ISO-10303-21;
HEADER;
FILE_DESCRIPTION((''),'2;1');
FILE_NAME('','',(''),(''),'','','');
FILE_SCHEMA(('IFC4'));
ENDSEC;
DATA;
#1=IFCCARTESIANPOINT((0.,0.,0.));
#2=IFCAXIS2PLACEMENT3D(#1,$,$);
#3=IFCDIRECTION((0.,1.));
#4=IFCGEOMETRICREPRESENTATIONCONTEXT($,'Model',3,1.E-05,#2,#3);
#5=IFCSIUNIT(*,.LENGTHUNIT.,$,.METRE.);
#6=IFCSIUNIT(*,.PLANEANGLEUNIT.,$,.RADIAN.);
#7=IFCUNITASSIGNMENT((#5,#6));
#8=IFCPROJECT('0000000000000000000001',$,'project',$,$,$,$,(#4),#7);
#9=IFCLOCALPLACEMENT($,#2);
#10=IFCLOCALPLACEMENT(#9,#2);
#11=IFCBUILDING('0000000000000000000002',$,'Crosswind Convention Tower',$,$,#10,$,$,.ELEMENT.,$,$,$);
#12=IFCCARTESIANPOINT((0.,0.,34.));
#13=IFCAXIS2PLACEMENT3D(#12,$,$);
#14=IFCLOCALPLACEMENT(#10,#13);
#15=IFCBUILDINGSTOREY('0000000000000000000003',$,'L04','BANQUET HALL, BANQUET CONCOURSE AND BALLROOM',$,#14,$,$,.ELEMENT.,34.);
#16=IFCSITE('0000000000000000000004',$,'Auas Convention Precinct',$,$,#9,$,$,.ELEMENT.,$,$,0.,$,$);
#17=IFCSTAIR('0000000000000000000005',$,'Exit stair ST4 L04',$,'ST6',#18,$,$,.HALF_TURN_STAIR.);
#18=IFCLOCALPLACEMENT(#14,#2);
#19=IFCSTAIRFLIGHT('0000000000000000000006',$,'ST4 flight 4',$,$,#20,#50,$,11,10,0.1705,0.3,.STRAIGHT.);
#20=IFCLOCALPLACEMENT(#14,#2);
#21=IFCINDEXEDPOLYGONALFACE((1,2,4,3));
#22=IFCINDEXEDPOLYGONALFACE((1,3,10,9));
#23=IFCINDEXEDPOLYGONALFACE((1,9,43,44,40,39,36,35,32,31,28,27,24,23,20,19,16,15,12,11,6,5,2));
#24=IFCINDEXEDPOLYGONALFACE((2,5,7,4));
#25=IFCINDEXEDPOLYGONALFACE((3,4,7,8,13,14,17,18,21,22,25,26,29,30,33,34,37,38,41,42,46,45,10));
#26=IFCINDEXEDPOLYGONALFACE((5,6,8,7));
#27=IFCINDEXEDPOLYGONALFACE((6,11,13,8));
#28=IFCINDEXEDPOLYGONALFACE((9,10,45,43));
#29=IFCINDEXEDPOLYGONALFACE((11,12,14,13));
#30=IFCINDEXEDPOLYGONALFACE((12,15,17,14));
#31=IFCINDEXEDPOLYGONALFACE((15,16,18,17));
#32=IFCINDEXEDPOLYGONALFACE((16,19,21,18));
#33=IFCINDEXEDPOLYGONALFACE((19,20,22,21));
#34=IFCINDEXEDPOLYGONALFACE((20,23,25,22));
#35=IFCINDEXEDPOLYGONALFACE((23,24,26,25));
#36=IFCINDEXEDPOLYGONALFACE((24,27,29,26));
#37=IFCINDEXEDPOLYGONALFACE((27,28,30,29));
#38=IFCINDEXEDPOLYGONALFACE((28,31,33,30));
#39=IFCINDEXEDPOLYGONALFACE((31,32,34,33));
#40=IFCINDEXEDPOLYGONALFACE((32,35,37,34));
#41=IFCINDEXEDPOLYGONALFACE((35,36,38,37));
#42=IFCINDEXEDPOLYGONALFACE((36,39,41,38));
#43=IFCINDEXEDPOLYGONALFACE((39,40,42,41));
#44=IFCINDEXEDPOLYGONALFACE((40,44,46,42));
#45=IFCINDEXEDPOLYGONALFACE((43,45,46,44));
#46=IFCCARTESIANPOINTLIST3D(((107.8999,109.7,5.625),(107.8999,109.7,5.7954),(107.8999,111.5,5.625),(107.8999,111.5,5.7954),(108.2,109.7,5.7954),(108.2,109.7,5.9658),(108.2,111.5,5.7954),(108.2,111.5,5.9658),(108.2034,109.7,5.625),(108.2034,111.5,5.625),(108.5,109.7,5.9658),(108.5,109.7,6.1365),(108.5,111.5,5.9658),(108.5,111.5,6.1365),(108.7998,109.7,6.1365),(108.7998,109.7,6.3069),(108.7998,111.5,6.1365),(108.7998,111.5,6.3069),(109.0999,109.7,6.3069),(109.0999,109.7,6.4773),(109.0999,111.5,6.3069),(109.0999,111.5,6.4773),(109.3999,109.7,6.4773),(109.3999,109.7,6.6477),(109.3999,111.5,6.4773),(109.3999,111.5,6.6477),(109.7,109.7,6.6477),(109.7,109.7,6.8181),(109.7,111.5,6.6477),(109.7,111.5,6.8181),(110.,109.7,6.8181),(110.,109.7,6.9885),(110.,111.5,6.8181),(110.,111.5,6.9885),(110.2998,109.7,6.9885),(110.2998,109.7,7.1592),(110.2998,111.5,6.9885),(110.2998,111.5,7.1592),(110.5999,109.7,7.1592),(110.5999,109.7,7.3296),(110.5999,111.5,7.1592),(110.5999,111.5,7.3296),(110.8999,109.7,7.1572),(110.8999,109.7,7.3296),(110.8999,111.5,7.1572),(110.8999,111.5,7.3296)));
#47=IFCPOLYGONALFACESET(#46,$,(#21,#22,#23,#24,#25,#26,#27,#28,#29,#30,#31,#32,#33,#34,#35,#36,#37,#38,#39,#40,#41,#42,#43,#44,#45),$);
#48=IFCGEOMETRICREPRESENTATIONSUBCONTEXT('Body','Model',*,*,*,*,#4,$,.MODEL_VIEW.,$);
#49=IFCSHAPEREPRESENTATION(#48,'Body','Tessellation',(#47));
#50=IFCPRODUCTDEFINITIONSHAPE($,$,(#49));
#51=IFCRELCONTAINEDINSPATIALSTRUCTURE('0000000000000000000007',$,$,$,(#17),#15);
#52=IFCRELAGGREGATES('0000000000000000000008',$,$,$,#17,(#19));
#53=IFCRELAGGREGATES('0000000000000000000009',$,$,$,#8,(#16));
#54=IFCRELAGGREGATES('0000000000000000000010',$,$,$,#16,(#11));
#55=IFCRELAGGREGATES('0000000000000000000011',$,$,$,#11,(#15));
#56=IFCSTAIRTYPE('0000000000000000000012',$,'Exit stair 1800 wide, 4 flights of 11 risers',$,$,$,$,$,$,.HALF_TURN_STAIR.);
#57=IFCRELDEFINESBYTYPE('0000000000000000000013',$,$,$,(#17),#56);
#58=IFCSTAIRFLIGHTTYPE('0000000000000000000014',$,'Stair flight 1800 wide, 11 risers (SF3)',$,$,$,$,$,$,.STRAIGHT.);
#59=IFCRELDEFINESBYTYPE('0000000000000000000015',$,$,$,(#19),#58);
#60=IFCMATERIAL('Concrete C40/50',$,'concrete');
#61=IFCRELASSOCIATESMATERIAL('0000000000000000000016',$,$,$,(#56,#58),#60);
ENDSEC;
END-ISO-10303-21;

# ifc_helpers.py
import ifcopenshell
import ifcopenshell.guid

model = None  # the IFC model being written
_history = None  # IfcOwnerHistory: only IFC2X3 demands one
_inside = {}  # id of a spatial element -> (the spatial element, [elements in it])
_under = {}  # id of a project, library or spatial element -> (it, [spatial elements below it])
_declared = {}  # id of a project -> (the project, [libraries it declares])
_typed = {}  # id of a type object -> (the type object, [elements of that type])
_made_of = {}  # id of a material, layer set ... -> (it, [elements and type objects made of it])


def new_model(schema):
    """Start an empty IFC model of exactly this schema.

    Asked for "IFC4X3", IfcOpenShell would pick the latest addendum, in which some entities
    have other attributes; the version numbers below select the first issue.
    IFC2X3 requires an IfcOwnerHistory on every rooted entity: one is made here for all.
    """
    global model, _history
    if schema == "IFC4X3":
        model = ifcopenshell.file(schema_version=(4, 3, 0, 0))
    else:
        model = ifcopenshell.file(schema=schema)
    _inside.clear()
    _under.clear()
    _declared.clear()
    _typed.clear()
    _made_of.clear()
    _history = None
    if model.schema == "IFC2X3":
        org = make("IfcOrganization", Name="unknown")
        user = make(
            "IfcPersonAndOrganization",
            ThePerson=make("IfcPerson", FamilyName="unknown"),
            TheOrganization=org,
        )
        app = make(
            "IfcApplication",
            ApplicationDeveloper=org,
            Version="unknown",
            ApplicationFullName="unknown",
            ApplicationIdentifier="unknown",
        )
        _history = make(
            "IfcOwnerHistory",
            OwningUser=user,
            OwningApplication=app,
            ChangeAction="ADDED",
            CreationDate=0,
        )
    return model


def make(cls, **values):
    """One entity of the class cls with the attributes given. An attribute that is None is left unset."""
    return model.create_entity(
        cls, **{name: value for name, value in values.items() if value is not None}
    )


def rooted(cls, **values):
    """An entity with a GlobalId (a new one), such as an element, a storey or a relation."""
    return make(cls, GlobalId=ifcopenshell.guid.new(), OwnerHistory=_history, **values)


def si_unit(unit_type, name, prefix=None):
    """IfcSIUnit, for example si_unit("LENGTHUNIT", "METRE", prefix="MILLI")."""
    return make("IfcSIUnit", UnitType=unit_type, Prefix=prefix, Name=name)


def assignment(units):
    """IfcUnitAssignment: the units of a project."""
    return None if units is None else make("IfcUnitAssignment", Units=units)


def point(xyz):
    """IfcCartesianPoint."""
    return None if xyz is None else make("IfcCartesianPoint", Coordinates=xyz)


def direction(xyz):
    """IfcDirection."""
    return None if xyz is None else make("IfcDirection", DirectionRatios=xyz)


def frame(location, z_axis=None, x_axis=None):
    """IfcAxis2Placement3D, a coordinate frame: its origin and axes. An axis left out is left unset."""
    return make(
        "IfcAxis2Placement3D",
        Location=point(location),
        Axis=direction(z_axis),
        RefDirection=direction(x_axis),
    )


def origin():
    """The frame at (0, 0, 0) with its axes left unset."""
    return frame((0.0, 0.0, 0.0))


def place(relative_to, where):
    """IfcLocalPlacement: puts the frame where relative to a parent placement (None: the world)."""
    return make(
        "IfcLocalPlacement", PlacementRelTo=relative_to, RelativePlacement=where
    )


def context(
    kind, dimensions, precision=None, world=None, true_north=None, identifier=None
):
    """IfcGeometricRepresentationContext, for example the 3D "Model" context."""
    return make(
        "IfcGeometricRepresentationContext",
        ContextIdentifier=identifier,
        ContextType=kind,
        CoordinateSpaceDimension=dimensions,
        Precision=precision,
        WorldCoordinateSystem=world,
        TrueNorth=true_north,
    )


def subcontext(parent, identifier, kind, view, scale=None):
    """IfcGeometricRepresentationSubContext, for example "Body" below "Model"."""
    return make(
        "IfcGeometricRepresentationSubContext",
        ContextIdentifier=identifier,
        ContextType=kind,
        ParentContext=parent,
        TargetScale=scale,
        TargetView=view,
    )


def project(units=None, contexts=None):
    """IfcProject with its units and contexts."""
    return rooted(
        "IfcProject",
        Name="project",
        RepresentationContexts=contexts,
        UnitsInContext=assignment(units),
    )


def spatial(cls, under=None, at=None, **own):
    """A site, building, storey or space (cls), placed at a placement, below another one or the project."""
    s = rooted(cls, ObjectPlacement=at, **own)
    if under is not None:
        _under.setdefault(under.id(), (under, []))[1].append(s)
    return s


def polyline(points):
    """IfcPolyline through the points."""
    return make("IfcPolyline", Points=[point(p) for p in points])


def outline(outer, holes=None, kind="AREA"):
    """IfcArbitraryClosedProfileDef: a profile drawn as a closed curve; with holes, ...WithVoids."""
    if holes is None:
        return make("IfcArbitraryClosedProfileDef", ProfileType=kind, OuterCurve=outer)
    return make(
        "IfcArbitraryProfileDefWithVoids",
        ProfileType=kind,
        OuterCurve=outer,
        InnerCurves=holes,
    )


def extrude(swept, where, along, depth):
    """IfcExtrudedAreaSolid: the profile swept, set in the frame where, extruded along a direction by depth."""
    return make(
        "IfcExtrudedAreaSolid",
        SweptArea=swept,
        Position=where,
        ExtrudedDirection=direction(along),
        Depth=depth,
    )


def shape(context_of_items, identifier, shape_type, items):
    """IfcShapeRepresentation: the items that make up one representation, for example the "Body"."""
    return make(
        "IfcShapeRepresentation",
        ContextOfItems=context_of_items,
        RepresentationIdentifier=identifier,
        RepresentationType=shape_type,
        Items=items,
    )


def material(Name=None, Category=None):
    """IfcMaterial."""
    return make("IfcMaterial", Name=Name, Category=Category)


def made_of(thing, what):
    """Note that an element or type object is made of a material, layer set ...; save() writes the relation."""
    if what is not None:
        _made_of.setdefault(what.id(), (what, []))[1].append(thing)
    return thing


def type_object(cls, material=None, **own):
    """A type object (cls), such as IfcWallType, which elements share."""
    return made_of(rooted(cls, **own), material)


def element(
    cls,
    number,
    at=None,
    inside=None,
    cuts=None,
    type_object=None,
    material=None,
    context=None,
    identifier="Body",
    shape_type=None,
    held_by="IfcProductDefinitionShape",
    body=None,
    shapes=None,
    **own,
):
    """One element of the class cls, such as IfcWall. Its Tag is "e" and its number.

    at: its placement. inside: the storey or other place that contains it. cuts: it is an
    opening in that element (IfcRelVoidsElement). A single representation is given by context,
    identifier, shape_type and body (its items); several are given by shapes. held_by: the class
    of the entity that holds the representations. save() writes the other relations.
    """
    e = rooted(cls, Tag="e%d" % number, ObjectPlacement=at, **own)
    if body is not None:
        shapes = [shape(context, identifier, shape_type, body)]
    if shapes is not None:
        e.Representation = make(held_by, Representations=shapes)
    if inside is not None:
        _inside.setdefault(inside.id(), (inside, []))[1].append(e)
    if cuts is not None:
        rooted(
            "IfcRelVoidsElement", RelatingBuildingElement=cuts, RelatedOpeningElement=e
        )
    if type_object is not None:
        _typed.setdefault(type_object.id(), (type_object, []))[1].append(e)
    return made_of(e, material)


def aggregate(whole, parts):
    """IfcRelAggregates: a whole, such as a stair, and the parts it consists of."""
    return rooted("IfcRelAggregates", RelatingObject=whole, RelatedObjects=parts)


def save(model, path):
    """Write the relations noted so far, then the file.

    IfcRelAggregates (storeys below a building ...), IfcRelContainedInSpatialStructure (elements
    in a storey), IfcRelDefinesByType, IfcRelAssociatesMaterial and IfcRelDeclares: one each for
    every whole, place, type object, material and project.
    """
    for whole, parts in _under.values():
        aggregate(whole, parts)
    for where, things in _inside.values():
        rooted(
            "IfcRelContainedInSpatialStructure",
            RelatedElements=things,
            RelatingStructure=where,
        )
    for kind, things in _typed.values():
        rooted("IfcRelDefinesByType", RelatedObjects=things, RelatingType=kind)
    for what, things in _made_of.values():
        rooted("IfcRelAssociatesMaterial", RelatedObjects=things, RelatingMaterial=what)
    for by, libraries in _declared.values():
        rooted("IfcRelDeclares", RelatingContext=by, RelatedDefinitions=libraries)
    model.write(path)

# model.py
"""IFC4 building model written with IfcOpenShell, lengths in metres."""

from ifc_helpers import new_model, si_unit, direction, frame, origin, place, context, subcontext, project, spatial, polyline, outline, extrude, material, type_object, element, aggregate, save


model = new_model("IFC4")

# Units and contexts
model_context = context("Model", 3, precision=1e-05, world=origin(), true_north=direction((0.0, 1.0)))
body_context = subcontext(model_context, "Body", "Model", "MODEL_VIEW")
ifc_project = project(units=[si_unit("LENGTHUNIT", "METRE"), si_unit("PLANEANGLEUNIT", "RADIAN")], contexts=[model_context])

# Site, building, storey
site_placement = place(None, origin())
site = spatial("IfcSite", under=ifc_project, at=site_placement, Name="Auas Convention Precinct", CompositionType="ELEMENT", RefElevation=0.0)
building_placement = place(site_placement, origin())
building = spatial("IfcBuilding", under=site, at=building_placement, Name="Crosswind Convention Tower", CompositionType="ELEMENT")
storey_placement = place(building_placement, frame((0.0, 0.0, 34.0)))
storey = spatial("IfcBuildingStorey", under=building, at=storey_placement, Name="L04", Description="BANQUET HALL, BANQUET CONCOURSE AND BALLROOM", CompositionType="ELEMENT", Elevation=34.0)

# Stair, stair flight
ifc_material_1 = material(Name="Concrete C40/50", Category="concrete")
stair_type = type_object("IfcStairType", Name="Exit stair 1800 wide, 4 flights of 11 risers", PredefinedType="HALF_TURN_STAIR", material=ifc_material_1)
stair_placement = place(storey_placement, origin())
stair = element("IfcStair", 1, at=stair_placement, inside=storey, type_object=stair_type, Name="Exit stair ST4 L04", ObjectType="ST6", PredefinedType="HALF_TURN_STAIR")
stair_flight_type = type_object("IfcStairFlightType", Name="Stair flight 1800 wide, 11 risers (SF3)", PredefinedType="STRAIGHT", material=ifc_material_1)
stair_flight_1_placement = place(storey_placement, frame((107.8999, 110.6001, 5.625), z_axis=(0.0, 0.0, 1.0), x_axis=(1.0, 0.0, 0.0)))
stair_flight_1 = element("IfcStairFlight", 2, at=stair_flight_1_placement, type_object=stair_flight_type, Name="ST4 flight 4", NumberOfRisers=11, NumberOfTreads=10, PredefinedType="STRAIGHT", RiserHeight=0.1705, TreadLength=0.3, context=body_context, shape_type="SweptSolid", body=[
    extrude(outline(polyline([(0.0, 0.0), (0.0, 0.1704), (0.3, 0.1704), (0.3, 0.3408), (0.6001, 0.3408), (0.6001, 0.5115), (0.8999, 0.5115), (0.8999, 0.6819), (1.2, 0.6819), (1.2, 0.8523), (1.5, 0.8523), (1.5, 1.0227), (1.8, 1.0227), (1.8, 1.1931), (2.1001, 1.1931), (2.1001, 1.3635), (2.3999, 1.3635), (2.3999, 1.5342), (2.7, 1.5342), (2.7, 1.7046), (3.0, 1.7046), (3.0, 1.875), (3.0, 1.5322), (0.3035, 0.0), (0.0, 0.0)])), frame((0.0, 0.8999, 0.0), z_axis=(0.0, -1.0, 0.0), x_axis=(1.0, 0.0, 0.0)), (0.0, 0.0, 1.0), 1.8),
])
aggregate(stair, [stair_flight_1])

save(model, "model.ifc")
